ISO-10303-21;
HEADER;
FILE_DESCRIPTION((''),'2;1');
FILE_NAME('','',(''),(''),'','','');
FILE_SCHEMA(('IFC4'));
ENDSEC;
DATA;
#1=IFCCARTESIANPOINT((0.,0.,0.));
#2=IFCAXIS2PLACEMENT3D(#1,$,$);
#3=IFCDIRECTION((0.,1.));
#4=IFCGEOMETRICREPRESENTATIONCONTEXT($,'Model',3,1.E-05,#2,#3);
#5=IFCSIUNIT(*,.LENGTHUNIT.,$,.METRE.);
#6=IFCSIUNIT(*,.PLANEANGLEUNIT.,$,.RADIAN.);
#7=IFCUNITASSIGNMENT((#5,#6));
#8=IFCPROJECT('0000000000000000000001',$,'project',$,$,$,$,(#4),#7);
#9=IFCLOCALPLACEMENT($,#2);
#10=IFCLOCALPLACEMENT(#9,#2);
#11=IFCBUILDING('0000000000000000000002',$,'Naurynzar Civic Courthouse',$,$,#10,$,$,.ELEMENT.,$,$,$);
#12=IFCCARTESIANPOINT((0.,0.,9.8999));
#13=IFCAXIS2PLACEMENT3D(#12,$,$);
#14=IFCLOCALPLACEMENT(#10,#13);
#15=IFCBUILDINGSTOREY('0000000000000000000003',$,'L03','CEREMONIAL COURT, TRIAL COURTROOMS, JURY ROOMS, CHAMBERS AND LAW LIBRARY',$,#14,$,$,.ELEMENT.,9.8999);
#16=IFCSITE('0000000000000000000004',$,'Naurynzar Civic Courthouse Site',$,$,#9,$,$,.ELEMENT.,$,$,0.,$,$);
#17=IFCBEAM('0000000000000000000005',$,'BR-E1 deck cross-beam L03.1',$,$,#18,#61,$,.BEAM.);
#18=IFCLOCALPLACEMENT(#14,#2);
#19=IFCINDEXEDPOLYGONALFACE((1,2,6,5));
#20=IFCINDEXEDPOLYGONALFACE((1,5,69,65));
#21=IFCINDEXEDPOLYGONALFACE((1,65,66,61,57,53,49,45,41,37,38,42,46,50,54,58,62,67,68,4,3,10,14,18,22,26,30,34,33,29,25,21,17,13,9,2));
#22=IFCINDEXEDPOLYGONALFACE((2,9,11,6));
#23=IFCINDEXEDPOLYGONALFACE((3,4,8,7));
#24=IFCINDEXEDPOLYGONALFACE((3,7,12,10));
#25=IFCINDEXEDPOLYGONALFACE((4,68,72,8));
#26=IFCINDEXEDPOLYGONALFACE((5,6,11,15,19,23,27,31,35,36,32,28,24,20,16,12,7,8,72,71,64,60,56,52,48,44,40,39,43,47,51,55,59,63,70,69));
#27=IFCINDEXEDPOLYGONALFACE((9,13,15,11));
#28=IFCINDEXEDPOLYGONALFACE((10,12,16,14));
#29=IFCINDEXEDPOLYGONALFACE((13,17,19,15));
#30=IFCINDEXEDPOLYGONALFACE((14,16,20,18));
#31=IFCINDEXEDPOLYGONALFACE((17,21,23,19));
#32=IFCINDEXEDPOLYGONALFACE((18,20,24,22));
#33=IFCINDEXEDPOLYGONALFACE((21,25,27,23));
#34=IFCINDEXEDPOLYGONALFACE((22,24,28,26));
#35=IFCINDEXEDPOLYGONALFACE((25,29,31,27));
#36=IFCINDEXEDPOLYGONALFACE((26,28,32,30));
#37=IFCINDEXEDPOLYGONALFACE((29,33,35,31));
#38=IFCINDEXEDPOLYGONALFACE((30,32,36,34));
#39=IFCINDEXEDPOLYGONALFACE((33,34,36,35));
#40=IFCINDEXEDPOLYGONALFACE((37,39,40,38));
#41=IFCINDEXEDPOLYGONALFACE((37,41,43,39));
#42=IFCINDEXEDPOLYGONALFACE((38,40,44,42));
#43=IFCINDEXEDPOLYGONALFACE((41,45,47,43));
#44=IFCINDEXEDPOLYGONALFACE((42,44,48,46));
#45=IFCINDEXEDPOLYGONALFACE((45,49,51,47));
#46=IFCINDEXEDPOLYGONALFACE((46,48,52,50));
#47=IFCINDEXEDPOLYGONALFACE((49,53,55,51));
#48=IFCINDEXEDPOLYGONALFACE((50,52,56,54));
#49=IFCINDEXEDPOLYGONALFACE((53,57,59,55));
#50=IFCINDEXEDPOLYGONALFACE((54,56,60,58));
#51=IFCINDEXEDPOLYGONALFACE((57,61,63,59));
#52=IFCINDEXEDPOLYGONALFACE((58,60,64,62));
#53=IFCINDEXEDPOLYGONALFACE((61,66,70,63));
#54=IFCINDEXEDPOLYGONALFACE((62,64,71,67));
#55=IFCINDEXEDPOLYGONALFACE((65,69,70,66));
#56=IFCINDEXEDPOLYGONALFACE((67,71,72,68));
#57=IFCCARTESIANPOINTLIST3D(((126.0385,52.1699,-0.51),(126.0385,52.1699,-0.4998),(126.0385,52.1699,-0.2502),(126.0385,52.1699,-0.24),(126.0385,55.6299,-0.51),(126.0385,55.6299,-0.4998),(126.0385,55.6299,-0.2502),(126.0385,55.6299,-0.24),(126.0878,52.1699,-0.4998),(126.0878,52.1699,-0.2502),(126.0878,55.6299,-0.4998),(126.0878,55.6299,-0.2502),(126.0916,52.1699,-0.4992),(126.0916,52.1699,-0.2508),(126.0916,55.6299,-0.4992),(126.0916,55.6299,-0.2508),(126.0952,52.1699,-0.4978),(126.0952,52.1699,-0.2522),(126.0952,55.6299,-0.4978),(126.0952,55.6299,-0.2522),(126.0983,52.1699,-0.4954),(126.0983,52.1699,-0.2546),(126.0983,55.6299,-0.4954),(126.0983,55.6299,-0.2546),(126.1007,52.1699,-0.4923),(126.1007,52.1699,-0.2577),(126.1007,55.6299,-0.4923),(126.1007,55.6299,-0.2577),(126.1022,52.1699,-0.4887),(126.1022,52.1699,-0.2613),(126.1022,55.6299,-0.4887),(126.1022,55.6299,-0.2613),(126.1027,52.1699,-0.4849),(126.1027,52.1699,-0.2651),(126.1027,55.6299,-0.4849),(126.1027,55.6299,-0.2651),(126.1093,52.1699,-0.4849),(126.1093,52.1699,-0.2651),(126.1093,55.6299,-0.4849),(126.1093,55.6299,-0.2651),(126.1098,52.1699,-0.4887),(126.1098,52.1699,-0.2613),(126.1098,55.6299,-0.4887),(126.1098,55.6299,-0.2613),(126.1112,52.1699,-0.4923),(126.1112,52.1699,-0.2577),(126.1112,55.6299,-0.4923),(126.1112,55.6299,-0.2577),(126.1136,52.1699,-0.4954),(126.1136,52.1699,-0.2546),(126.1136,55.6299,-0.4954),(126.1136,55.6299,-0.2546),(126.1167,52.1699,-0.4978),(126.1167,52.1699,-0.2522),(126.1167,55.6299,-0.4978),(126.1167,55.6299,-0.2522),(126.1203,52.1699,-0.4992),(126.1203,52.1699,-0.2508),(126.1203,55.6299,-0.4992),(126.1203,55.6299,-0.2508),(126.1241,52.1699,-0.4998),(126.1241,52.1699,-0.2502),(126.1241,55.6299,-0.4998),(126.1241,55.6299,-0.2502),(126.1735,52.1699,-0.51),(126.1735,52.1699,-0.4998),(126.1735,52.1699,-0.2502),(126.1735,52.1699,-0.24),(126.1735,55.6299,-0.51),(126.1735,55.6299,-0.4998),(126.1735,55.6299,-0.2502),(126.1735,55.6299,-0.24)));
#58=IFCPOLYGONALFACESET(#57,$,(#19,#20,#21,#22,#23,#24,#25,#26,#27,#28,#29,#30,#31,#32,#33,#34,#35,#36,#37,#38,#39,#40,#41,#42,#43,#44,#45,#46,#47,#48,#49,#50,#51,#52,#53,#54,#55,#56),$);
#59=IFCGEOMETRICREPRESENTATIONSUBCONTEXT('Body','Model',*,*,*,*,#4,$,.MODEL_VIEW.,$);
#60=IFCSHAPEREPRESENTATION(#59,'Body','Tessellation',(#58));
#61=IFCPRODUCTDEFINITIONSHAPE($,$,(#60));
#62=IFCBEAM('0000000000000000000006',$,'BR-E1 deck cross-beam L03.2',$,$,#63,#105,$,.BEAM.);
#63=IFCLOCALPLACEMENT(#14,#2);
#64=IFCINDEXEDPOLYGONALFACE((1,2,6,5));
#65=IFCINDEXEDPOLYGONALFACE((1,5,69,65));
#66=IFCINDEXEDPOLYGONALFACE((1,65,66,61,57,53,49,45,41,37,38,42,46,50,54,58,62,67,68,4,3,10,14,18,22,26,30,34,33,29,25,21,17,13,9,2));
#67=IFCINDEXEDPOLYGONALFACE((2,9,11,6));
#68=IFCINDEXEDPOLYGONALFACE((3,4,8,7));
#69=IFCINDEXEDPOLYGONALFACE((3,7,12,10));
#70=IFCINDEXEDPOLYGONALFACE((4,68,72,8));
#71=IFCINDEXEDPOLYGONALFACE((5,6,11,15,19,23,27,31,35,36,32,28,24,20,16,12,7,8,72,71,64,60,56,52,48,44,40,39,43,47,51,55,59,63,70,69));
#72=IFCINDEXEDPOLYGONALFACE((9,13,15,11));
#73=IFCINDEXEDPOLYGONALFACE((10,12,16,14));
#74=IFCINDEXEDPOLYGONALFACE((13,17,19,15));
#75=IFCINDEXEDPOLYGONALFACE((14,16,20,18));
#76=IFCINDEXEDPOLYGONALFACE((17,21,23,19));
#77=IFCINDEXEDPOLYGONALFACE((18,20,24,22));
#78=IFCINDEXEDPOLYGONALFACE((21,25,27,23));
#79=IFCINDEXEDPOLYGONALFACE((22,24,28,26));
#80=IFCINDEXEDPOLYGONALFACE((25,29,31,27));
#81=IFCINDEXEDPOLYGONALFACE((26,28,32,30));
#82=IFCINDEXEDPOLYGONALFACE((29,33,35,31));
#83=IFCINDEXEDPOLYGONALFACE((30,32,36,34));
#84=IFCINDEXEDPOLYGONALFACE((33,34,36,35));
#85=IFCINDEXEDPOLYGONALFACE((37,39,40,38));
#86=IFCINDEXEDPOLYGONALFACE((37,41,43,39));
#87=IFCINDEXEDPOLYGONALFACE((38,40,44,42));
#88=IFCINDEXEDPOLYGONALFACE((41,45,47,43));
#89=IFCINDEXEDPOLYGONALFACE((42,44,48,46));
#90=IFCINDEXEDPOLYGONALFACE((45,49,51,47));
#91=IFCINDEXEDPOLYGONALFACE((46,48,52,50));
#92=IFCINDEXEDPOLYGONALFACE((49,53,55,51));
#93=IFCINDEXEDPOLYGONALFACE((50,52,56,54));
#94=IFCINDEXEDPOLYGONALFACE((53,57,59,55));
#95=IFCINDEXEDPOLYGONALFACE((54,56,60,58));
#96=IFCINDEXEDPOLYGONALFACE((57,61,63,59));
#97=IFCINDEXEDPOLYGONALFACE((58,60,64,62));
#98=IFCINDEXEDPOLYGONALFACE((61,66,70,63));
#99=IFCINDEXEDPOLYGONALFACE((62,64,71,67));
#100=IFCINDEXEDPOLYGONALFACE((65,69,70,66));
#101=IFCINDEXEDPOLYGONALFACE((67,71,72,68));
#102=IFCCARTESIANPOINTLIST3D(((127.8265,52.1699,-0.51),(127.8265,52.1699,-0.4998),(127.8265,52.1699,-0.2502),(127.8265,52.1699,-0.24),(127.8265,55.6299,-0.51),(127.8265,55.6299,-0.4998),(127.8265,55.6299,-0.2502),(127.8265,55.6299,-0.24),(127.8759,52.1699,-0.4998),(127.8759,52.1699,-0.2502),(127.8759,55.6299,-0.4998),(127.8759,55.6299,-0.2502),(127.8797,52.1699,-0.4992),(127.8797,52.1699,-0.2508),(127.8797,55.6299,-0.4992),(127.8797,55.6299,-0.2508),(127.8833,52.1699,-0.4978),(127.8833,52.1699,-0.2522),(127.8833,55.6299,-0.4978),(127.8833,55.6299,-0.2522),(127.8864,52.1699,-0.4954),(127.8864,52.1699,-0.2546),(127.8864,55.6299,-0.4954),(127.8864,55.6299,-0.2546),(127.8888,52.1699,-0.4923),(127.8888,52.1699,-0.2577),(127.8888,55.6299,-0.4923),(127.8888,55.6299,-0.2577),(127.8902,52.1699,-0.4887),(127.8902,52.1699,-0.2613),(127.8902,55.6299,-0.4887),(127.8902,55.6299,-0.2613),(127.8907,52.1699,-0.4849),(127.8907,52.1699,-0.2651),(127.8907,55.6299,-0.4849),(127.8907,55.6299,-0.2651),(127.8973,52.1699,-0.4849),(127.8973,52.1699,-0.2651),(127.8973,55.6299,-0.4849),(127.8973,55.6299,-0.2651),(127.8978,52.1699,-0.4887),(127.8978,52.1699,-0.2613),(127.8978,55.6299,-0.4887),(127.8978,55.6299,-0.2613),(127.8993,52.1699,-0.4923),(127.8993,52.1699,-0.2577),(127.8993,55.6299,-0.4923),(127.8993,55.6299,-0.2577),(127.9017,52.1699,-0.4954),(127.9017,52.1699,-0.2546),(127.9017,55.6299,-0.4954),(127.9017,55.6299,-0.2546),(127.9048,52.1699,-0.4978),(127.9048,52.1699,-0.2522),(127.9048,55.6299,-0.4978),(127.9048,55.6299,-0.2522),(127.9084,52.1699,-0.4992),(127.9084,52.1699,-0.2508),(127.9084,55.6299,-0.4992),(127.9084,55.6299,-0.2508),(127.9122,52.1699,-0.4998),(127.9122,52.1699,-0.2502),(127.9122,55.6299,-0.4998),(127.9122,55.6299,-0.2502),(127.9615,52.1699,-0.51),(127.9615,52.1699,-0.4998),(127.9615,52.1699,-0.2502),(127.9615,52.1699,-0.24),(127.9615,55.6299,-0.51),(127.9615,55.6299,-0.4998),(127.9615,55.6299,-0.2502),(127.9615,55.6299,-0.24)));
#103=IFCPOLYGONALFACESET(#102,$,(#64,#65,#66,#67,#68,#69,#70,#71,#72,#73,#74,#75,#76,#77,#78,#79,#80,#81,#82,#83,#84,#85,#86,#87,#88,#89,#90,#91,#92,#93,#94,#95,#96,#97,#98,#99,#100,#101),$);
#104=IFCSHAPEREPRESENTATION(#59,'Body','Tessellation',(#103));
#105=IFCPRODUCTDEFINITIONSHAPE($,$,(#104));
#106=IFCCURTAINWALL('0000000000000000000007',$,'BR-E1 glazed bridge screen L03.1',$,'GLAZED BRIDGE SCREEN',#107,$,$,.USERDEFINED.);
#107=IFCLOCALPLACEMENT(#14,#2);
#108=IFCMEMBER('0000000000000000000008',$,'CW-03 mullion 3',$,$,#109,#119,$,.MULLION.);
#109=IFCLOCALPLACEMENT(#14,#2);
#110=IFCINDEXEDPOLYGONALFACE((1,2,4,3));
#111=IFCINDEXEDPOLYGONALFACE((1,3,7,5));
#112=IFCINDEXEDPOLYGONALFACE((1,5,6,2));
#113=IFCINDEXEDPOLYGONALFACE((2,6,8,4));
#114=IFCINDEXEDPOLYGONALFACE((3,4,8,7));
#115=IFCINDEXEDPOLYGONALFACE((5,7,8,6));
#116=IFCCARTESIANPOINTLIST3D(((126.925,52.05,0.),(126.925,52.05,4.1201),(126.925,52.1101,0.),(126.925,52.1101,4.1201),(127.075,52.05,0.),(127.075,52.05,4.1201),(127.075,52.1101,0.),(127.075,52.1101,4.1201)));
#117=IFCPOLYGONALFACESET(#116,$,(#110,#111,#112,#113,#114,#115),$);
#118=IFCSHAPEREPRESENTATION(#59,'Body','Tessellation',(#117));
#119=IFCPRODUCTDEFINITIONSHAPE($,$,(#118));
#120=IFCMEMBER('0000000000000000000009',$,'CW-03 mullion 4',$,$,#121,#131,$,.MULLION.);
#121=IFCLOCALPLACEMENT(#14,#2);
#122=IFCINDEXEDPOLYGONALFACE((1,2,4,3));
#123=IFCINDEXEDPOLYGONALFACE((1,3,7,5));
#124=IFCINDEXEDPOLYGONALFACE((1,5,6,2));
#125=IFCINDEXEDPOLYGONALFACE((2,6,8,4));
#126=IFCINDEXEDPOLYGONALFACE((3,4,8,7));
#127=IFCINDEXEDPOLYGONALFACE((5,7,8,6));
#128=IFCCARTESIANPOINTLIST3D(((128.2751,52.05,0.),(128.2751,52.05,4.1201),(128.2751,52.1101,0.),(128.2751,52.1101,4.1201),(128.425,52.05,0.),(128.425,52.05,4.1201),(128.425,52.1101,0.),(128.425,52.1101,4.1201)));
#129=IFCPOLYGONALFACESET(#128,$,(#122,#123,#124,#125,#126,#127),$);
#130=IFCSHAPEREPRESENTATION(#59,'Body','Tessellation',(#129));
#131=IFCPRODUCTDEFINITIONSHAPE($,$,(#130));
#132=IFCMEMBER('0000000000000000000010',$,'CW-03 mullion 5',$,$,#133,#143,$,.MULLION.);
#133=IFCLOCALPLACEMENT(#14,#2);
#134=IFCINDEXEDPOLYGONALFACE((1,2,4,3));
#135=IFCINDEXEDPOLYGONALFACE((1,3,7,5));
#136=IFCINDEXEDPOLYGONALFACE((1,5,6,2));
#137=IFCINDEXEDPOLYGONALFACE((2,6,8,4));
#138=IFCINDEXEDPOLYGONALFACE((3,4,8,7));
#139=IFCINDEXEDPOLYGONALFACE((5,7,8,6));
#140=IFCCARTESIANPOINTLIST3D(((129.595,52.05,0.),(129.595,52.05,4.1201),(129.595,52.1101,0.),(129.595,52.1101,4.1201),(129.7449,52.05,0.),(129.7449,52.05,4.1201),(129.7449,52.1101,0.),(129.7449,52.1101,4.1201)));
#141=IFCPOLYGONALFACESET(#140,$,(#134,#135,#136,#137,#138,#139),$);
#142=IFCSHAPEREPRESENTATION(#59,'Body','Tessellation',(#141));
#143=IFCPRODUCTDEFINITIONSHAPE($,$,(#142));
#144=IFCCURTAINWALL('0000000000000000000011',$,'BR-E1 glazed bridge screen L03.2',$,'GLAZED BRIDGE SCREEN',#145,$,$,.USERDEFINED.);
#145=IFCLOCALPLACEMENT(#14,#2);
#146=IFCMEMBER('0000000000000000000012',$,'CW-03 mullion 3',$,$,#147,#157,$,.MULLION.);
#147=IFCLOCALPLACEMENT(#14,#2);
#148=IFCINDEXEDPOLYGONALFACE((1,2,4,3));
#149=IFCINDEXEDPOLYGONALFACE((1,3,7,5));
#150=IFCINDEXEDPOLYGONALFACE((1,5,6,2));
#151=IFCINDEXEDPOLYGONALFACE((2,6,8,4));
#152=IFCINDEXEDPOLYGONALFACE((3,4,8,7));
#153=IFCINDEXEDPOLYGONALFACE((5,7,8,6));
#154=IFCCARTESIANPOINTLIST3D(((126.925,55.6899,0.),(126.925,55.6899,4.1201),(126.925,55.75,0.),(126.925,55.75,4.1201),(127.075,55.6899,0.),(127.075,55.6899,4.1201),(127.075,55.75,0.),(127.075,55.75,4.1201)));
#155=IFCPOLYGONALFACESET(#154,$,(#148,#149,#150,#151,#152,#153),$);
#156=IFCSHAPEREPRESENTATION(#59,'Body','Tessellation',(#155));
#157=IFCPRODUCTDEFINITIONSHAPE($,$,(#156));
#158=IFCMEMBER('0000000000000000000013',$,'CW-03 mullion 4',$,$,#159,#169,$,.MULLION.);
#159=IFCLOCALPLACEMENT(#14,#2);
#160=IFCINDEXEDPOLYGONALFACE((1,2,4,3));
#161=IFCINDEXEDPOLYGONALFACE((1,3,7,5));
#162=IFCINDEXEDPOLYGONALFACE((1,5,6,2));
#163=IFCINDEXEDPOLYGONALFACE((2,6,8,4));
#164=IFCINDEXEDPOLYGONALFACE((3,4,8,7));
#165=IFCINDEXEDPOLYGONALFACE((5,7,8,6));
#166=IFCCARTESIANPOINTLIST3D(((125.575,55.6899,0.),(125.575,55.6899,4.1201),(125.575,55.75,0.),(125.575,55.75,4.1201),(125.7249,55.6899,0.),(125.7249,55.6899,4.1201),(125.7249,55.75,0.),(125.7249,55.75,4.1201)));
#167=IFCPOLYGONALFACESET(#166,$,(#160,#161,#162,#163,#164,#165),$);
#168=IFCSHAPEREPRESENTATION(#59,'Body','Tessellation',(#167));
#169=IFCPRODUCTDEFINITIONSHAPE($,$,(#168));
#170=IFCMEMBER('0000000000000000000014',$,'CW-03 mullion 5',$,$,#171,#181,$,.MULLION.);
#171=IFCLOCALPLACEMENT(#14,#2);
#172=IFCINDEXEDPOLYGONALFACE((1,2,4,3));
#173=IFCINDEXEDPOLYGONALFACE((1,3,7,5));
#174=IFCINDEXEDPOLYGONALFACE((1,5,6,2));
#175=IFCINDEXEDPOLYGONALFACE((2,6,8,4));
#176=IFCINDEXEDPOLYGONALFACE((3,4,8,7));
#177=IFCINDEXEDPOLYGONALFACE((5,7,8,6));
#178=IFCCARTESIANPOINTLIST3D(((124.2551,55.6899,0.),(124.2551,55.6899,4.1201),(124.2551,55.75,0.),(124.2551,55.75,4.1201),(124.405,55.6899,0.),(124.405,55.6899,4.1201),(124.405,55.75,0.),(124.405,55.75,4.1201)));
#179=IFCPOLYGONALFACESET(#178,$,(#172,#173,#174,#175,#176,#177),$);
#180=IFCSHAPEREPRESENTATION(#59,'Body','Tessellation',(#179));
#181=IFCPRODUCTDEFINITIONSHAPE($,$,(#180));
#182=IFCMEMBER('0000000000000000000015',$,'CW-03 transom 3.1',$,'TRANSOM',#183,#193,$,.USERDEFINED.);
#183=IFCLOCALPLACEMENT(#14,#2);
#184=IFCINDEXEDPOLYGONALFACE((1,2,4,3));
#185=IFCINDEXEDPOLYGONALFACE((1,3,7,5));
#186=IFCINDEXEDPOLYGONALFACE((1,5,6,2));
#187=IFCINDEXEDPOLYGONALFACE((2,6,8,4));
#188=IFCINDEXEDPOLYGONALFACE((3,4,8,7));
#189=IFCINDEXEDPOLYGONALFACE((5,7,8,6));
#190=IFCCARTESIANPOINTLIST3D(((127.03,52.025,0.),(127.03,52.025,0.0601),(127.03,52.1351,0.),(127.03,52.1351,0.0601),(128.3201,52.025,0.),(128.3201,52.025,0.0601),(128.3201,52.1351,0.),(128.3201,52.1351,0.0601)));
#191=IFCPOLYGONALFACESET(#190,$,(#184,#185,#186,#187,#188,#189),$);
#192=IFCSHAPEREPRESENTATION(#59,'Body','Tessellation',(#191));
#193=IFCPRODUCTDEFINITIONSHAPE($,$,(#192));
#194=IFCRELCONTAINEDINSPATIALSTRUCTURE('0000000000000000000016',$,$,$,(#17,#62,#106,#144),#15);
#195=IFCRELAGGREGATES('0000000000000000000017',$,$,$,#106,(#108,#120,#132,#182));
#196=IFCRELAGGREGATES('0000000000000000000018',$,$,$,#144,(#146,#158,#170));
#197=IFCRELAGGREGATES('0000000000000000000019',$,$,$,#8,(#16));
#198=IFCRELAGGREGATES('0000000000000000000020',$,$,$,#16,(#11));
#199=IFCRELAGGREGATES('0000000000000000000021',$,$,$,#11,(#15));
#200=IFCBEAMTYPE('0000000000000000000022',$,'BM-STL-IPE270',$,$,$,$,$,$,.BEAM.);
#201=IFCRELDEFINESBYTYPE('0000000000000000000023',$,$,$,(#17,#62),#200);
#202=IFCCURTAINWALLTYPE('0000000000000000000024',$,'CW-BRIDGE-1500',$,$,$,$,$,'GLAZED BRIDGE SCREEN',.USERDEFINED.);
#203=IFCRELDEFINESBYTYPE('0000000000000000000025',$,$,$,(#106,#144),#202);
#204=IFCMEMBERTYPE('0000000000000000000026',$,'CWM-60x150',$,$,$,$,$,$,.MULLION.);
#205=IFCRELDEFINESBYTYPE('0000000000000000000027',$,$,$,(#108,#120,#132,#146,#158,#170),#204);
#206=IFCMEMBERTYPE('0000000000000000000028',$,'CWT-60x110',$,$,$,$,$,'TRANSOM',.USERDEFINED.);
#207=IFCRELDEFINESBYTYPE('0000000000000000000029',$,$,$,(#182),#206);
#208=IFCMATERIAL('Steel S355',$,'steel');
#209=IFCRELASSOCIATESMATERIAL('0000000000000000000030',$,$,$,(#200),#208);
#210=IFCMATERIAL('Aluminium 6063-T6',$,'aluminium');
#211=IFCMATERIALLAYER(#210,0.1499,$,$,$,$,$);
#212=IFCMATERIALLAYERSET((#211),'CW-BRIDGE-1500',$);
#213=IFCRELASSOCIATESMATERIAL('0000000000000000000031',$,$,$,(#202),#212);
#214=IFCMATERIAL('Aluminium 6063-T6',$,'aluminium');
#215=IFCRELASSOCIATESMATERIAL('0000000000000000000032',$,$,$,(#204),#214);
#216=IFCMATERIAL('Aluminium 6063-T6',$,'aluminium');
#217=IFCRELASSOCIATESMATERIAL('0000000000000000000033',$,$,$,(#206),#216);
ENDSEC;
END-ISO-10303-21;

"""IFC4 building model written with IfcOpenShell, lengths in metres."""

from ifc_helpers import new_model, si_unit, direction, frame, origin, origin_2d, place, context, subcontext, project, spatial, rectangle, i_section, extrude, material, layer, layer_set, material_profile, profile_set, type_object, element, aggregate, save


model = new_model("IFC4")

# Units and contexts
model_context = context("Model", 3, precision=1e-05, world=origin(), true_north=direction((0.0, 1.0)))
body_context = subcontext(model_context, "Body", "Model", "MODEL_VIEW")
ifc_project = project(units=[si_unit("LENGTHUNIT", "METRE"), si_unit("PLANEANGLEUNIT", "RADIAN")], contexts=[model_context])

# Site, building, storey
site_placement = place(None, origin())
site = spatial("IfcSite", under=ifc_project, at=site_placement, Name="Naurynzar Civic Courthouse Site", CompositionType="ELEMENT", RefElevation=0.0)
building_placement = place(site_placement, origin())
building = spatial("IfcBuilding", under=site, at=building_placement, Name="Naurynzar Civic Courthouse", CompositionType="ELEMENT")
storey_placement = place(building_placement, frame((0.0, 0.0, 9.8999)))
storey = spatial("IfcBuildingStorey", under=building, at=storey_placement, Name="L03", Description="CEREMONIAL COURT, TRIAL COURTROOMS, JURY ROOMS, CHAMBERS AND LAW LIBRARY", CompositionType="ELEMENT", Elevation=9.8999)

# Beams
ifc_material_1 = material(Name="Steel S355", Category="steel")
ifc_material_profile_1 = material_profile(ifc_material_1, i_section(OverallWidth=0.135, OverallDepth=0.27, WebThickness=0.0066, FlangeThickness=0.0103, FilletRadius=0.0149, at=origin_2d()), Name="IPE 270")
ifc_profile_set_1 = profile_set([ifc_material_profile_1], Name="Steel S355")
beam_type = type_object("IfcBeamType", Name="BM-STL-IPE270", PredefinedType="BEAM", material=ifc_profile_set_1)
for number, where, z_axis, x_axis, name in (
    (1, (126.106, 52.1699, -0.375), (0.0, 1.0, 0.0), (-1.0, 0.0, 0.0), "BR-E1 deck cross-beam L03.1"),
    (2, (127.894, 52.1699, -0.375), (0.0, 1.0, 0.0), (-1.0, 0.0, 0.0), "BR-E1 deck cross-beam L03.2"),
):
    element("IfcBeam", number, at=place(storey_placement, frame(where, z_axis=z_axis, x_axis=x_axis)), inside=storey, type_object=beam_type, Name=name, PredefinedType="BEAM", context=body_context, shape_type="SweptSolid", body=[
        extrude(i_section(OverallWidth=0.135, OverallDepth=0.27, WebThickness=0.0066, FlangeThickness=0.0103, FilletRadius=0.0149, at=origin_2d()), origin(), (0.0, 0.0, 1.0), 3.46),
    ])

# Curtain walls, members
ifc_material_2 = material(Name="Aluminium 6063-T6", Category="aluminium")
ifc_layer_1 = layer(ifc_material_2, 0.1499)
ifc_layer_set_1 = layer_set([ifc_layer_1], Name="CW-BRIDGE-1500")
curtain_wall_type = type_object("IfcCurtainWallType", Name="CW-BRIDGE-1500", ElementType="GLAZED BRIDGE SCREEN", PredefinedType="USERDEFINED", material=ifc_layer_set_1)
curtain_wall_1_placement = place(storey_placement, origin())
curtain_wall_1 = element("IfcCurtainWall", 3, at=curtain_wall_1_placement, inside=storey, type_object=curtain_wall_type, Name="BR-E1 glazed bridge screen L03.1", ObjectType="GLAZED BRIDGE SCREEN", PredefinedType="USERDEFINED")
ifc_material_3 = material(Name="Aluminium 6063-T6", Category="aluminium")
ifc_material_profile_2 = material_profile(ifc_material_3, rectangle(XDim=0.0601, YDim=0.1499, at=origin_2d()), Name="ALU MULLION 60x150")
ifc_profile_set_2 = profile_set([ifc_material_profile_2], Name="Aluminium 6063-T6")
member_type_1 = type_object("IfcMemberType", Name="CWM-60x150", PredefinedType="MULLION", material=ifc_profile_set_2)
member_1_placement = place(storey_placement, frame((127.0, 52.0801, 0.0), z_axis=(0.0, 0.0, 1.0), x_axis=(0.0, 1.0, 0.0)))
member_1 = element("IfcMember", 4, at=member_1_placement, type_object=member_type_1, Name="CW-03 mullion 3", PredefinedType="MULLION", context=body_context, shape_type="SweptSolid", body=[
    extrude(rectangle(XDim=0.0601, YDim=0.1499, at=origin_2d()), origin(), (0.0, 0.0, 1.0), 4.1201),
])
member_2_placement = place(storey_placement, frame((128.3501, 52.0801, 0.0), z_axis=(0.0, 0.0, 1.0), x_axis=(0.0, 1.0, 0.0)))
member_2 = element("IfcMember", 5, at=member_2_placement, type_object=member_type_1, Name="CW-03 mullion 4", PredefinedType="MULLION", context=body_context, shape_type="SweptSolid", body=[
    extrude(rectangle(XDim=0.0601, YDim=0.1499, at=origin_2d()), origin(), (0.0, 0.0, 1.0), 4.1201),
])
member_3_placement = place(storey_placement, frame((129.6699, 52.0801, 0.0), z_axis=(0.0, 0.0, 1.0), x_axis=(0.0, 1.0, 0.0)))
member_3 = element("IfcMember", 6, at=member_3_placement, type_object=member_type_1, Name="CW-03 mullion 5", PredefinedType="MULLION", context=body_context, shape_type="SweptSolid", body=[
    extrude(rectangle(XDim=0.0601, YDim=0.1499, at=origin_2d()), origin(), (0.0, 0.0, 1.0), 4.1201),
])
curtain_wall_2_placement = place(storey_placement, origin())
curtain_wall_2 = element("IfcCurtainWall", 7, at=curtain_wall_2_placement, inside=storey, type_object=curtain_wall_type, Name="BR-E1 glazed bridge screen L03.2", ObjectType="GLAZED BRIDGE SCREEN", PredefinedType="USERDEFINED")
member_4_placement = place(storey_placement, frame((127.0, 55.72, 0.0), z_axis=(0.0, 0.0, 1.0), x_axis=(0.0, -1.0, 0.0)))
member_4 = element("IfcMember", 8, at=member_4_placement, type_object=member_type_1, Name="CW-03 mullion 3", PredefinedType="MULLION", context=body_context, shape_type="SweptSolid", body=[
    extrude(rectangle(XDim=0.0601, YDim=0.1499, at=origin_2d()), origin(), (0.0, 0.0, 1.0), 4.1201),
])
member_5_placement = place(storey_placement, frame((125.6499, 55.72, 0.0), z_axis=(0.0, 0.0, 1.0), x_axis=(0.0, -1.0, 0.0)))
member_5 = element("IfcMember", 9, at=member_5_placement, type_object=member_type_1, Name="CW-03 mullion 4", PredefinedType="MULLION", context=body_context, shape_type="SweptSolid", body=[
    extrude(rectangle(XDim=0.0601, YDim=0.1499, at=origin_2d()), origin(), (0.0, 0.0, 1.0), 4.1201),
])
member_6_placement = place(storey_placement, frame((124.3301, 55.72, 0.0), z_axis=(0.0, 0.0, 1.0), x_axis=(0.0, -1.0, 0.0)))
member_6 = element("IfcMember", 10, at=member_6_placement, type_object=member_type_1, Name="CW-03 mullion 5", PredefinedType="MULLION", context=body_context, shape_type="SweptSolid", body=[
    extrude(rectangle(XDim=0.0601, YDim=0.1499, at=origin_2d()), origin(), (0.0, 0.0, 1.0), 4.1201),
])

# Member
ifc_material_4 = material(Name="Aluminium 6063-T6", Category="aluminium")
ifc_material_profile_3 = material_profile(ifc_material_4, rectangle(XDim=0.1101, YDim=0.0601, at=origin_2d()), Name="ALU TRANSOM 60x110")
ifc_profile_set_3 = profile_set([ifc_material_profile_3], Name="Aluminium 6063-T6")
member_type_2 = type_object("IfcMemberType", Name="CWT-60x110", ElementType="TRANSOM", PredefinedType="USERDEFINED", material=ifc_profile_set_3)
member_7_placement = place(storey_placement, frame((127.03, 52.0801, 0.03), z_axis=(1.0, 0.0, 0.0), x_axis=(0.0, 1.0, 0.0)))
member_7 = element("IfcMember", 11, at=member_7_placement, type_object=member_type_2, Name="CW-03 transom 3.1", ObjectType="TRANSOM", PredefinedType="USERDEFINED", context=body_context, shape_type="SweptSolid", body=[
    extrude(rectangle(XDim=0.1101, YDim=0.0601, at=origin_2d()), origin(), (0.0, 0.0, 1.0), 1.29),
])

aggregate(curtain_wall_1, [member_1, member_2, member_3, member_7])
aggregate(curtain_wall_2, [member_4, member_5, member_6])

save(model, "model.ifc")
